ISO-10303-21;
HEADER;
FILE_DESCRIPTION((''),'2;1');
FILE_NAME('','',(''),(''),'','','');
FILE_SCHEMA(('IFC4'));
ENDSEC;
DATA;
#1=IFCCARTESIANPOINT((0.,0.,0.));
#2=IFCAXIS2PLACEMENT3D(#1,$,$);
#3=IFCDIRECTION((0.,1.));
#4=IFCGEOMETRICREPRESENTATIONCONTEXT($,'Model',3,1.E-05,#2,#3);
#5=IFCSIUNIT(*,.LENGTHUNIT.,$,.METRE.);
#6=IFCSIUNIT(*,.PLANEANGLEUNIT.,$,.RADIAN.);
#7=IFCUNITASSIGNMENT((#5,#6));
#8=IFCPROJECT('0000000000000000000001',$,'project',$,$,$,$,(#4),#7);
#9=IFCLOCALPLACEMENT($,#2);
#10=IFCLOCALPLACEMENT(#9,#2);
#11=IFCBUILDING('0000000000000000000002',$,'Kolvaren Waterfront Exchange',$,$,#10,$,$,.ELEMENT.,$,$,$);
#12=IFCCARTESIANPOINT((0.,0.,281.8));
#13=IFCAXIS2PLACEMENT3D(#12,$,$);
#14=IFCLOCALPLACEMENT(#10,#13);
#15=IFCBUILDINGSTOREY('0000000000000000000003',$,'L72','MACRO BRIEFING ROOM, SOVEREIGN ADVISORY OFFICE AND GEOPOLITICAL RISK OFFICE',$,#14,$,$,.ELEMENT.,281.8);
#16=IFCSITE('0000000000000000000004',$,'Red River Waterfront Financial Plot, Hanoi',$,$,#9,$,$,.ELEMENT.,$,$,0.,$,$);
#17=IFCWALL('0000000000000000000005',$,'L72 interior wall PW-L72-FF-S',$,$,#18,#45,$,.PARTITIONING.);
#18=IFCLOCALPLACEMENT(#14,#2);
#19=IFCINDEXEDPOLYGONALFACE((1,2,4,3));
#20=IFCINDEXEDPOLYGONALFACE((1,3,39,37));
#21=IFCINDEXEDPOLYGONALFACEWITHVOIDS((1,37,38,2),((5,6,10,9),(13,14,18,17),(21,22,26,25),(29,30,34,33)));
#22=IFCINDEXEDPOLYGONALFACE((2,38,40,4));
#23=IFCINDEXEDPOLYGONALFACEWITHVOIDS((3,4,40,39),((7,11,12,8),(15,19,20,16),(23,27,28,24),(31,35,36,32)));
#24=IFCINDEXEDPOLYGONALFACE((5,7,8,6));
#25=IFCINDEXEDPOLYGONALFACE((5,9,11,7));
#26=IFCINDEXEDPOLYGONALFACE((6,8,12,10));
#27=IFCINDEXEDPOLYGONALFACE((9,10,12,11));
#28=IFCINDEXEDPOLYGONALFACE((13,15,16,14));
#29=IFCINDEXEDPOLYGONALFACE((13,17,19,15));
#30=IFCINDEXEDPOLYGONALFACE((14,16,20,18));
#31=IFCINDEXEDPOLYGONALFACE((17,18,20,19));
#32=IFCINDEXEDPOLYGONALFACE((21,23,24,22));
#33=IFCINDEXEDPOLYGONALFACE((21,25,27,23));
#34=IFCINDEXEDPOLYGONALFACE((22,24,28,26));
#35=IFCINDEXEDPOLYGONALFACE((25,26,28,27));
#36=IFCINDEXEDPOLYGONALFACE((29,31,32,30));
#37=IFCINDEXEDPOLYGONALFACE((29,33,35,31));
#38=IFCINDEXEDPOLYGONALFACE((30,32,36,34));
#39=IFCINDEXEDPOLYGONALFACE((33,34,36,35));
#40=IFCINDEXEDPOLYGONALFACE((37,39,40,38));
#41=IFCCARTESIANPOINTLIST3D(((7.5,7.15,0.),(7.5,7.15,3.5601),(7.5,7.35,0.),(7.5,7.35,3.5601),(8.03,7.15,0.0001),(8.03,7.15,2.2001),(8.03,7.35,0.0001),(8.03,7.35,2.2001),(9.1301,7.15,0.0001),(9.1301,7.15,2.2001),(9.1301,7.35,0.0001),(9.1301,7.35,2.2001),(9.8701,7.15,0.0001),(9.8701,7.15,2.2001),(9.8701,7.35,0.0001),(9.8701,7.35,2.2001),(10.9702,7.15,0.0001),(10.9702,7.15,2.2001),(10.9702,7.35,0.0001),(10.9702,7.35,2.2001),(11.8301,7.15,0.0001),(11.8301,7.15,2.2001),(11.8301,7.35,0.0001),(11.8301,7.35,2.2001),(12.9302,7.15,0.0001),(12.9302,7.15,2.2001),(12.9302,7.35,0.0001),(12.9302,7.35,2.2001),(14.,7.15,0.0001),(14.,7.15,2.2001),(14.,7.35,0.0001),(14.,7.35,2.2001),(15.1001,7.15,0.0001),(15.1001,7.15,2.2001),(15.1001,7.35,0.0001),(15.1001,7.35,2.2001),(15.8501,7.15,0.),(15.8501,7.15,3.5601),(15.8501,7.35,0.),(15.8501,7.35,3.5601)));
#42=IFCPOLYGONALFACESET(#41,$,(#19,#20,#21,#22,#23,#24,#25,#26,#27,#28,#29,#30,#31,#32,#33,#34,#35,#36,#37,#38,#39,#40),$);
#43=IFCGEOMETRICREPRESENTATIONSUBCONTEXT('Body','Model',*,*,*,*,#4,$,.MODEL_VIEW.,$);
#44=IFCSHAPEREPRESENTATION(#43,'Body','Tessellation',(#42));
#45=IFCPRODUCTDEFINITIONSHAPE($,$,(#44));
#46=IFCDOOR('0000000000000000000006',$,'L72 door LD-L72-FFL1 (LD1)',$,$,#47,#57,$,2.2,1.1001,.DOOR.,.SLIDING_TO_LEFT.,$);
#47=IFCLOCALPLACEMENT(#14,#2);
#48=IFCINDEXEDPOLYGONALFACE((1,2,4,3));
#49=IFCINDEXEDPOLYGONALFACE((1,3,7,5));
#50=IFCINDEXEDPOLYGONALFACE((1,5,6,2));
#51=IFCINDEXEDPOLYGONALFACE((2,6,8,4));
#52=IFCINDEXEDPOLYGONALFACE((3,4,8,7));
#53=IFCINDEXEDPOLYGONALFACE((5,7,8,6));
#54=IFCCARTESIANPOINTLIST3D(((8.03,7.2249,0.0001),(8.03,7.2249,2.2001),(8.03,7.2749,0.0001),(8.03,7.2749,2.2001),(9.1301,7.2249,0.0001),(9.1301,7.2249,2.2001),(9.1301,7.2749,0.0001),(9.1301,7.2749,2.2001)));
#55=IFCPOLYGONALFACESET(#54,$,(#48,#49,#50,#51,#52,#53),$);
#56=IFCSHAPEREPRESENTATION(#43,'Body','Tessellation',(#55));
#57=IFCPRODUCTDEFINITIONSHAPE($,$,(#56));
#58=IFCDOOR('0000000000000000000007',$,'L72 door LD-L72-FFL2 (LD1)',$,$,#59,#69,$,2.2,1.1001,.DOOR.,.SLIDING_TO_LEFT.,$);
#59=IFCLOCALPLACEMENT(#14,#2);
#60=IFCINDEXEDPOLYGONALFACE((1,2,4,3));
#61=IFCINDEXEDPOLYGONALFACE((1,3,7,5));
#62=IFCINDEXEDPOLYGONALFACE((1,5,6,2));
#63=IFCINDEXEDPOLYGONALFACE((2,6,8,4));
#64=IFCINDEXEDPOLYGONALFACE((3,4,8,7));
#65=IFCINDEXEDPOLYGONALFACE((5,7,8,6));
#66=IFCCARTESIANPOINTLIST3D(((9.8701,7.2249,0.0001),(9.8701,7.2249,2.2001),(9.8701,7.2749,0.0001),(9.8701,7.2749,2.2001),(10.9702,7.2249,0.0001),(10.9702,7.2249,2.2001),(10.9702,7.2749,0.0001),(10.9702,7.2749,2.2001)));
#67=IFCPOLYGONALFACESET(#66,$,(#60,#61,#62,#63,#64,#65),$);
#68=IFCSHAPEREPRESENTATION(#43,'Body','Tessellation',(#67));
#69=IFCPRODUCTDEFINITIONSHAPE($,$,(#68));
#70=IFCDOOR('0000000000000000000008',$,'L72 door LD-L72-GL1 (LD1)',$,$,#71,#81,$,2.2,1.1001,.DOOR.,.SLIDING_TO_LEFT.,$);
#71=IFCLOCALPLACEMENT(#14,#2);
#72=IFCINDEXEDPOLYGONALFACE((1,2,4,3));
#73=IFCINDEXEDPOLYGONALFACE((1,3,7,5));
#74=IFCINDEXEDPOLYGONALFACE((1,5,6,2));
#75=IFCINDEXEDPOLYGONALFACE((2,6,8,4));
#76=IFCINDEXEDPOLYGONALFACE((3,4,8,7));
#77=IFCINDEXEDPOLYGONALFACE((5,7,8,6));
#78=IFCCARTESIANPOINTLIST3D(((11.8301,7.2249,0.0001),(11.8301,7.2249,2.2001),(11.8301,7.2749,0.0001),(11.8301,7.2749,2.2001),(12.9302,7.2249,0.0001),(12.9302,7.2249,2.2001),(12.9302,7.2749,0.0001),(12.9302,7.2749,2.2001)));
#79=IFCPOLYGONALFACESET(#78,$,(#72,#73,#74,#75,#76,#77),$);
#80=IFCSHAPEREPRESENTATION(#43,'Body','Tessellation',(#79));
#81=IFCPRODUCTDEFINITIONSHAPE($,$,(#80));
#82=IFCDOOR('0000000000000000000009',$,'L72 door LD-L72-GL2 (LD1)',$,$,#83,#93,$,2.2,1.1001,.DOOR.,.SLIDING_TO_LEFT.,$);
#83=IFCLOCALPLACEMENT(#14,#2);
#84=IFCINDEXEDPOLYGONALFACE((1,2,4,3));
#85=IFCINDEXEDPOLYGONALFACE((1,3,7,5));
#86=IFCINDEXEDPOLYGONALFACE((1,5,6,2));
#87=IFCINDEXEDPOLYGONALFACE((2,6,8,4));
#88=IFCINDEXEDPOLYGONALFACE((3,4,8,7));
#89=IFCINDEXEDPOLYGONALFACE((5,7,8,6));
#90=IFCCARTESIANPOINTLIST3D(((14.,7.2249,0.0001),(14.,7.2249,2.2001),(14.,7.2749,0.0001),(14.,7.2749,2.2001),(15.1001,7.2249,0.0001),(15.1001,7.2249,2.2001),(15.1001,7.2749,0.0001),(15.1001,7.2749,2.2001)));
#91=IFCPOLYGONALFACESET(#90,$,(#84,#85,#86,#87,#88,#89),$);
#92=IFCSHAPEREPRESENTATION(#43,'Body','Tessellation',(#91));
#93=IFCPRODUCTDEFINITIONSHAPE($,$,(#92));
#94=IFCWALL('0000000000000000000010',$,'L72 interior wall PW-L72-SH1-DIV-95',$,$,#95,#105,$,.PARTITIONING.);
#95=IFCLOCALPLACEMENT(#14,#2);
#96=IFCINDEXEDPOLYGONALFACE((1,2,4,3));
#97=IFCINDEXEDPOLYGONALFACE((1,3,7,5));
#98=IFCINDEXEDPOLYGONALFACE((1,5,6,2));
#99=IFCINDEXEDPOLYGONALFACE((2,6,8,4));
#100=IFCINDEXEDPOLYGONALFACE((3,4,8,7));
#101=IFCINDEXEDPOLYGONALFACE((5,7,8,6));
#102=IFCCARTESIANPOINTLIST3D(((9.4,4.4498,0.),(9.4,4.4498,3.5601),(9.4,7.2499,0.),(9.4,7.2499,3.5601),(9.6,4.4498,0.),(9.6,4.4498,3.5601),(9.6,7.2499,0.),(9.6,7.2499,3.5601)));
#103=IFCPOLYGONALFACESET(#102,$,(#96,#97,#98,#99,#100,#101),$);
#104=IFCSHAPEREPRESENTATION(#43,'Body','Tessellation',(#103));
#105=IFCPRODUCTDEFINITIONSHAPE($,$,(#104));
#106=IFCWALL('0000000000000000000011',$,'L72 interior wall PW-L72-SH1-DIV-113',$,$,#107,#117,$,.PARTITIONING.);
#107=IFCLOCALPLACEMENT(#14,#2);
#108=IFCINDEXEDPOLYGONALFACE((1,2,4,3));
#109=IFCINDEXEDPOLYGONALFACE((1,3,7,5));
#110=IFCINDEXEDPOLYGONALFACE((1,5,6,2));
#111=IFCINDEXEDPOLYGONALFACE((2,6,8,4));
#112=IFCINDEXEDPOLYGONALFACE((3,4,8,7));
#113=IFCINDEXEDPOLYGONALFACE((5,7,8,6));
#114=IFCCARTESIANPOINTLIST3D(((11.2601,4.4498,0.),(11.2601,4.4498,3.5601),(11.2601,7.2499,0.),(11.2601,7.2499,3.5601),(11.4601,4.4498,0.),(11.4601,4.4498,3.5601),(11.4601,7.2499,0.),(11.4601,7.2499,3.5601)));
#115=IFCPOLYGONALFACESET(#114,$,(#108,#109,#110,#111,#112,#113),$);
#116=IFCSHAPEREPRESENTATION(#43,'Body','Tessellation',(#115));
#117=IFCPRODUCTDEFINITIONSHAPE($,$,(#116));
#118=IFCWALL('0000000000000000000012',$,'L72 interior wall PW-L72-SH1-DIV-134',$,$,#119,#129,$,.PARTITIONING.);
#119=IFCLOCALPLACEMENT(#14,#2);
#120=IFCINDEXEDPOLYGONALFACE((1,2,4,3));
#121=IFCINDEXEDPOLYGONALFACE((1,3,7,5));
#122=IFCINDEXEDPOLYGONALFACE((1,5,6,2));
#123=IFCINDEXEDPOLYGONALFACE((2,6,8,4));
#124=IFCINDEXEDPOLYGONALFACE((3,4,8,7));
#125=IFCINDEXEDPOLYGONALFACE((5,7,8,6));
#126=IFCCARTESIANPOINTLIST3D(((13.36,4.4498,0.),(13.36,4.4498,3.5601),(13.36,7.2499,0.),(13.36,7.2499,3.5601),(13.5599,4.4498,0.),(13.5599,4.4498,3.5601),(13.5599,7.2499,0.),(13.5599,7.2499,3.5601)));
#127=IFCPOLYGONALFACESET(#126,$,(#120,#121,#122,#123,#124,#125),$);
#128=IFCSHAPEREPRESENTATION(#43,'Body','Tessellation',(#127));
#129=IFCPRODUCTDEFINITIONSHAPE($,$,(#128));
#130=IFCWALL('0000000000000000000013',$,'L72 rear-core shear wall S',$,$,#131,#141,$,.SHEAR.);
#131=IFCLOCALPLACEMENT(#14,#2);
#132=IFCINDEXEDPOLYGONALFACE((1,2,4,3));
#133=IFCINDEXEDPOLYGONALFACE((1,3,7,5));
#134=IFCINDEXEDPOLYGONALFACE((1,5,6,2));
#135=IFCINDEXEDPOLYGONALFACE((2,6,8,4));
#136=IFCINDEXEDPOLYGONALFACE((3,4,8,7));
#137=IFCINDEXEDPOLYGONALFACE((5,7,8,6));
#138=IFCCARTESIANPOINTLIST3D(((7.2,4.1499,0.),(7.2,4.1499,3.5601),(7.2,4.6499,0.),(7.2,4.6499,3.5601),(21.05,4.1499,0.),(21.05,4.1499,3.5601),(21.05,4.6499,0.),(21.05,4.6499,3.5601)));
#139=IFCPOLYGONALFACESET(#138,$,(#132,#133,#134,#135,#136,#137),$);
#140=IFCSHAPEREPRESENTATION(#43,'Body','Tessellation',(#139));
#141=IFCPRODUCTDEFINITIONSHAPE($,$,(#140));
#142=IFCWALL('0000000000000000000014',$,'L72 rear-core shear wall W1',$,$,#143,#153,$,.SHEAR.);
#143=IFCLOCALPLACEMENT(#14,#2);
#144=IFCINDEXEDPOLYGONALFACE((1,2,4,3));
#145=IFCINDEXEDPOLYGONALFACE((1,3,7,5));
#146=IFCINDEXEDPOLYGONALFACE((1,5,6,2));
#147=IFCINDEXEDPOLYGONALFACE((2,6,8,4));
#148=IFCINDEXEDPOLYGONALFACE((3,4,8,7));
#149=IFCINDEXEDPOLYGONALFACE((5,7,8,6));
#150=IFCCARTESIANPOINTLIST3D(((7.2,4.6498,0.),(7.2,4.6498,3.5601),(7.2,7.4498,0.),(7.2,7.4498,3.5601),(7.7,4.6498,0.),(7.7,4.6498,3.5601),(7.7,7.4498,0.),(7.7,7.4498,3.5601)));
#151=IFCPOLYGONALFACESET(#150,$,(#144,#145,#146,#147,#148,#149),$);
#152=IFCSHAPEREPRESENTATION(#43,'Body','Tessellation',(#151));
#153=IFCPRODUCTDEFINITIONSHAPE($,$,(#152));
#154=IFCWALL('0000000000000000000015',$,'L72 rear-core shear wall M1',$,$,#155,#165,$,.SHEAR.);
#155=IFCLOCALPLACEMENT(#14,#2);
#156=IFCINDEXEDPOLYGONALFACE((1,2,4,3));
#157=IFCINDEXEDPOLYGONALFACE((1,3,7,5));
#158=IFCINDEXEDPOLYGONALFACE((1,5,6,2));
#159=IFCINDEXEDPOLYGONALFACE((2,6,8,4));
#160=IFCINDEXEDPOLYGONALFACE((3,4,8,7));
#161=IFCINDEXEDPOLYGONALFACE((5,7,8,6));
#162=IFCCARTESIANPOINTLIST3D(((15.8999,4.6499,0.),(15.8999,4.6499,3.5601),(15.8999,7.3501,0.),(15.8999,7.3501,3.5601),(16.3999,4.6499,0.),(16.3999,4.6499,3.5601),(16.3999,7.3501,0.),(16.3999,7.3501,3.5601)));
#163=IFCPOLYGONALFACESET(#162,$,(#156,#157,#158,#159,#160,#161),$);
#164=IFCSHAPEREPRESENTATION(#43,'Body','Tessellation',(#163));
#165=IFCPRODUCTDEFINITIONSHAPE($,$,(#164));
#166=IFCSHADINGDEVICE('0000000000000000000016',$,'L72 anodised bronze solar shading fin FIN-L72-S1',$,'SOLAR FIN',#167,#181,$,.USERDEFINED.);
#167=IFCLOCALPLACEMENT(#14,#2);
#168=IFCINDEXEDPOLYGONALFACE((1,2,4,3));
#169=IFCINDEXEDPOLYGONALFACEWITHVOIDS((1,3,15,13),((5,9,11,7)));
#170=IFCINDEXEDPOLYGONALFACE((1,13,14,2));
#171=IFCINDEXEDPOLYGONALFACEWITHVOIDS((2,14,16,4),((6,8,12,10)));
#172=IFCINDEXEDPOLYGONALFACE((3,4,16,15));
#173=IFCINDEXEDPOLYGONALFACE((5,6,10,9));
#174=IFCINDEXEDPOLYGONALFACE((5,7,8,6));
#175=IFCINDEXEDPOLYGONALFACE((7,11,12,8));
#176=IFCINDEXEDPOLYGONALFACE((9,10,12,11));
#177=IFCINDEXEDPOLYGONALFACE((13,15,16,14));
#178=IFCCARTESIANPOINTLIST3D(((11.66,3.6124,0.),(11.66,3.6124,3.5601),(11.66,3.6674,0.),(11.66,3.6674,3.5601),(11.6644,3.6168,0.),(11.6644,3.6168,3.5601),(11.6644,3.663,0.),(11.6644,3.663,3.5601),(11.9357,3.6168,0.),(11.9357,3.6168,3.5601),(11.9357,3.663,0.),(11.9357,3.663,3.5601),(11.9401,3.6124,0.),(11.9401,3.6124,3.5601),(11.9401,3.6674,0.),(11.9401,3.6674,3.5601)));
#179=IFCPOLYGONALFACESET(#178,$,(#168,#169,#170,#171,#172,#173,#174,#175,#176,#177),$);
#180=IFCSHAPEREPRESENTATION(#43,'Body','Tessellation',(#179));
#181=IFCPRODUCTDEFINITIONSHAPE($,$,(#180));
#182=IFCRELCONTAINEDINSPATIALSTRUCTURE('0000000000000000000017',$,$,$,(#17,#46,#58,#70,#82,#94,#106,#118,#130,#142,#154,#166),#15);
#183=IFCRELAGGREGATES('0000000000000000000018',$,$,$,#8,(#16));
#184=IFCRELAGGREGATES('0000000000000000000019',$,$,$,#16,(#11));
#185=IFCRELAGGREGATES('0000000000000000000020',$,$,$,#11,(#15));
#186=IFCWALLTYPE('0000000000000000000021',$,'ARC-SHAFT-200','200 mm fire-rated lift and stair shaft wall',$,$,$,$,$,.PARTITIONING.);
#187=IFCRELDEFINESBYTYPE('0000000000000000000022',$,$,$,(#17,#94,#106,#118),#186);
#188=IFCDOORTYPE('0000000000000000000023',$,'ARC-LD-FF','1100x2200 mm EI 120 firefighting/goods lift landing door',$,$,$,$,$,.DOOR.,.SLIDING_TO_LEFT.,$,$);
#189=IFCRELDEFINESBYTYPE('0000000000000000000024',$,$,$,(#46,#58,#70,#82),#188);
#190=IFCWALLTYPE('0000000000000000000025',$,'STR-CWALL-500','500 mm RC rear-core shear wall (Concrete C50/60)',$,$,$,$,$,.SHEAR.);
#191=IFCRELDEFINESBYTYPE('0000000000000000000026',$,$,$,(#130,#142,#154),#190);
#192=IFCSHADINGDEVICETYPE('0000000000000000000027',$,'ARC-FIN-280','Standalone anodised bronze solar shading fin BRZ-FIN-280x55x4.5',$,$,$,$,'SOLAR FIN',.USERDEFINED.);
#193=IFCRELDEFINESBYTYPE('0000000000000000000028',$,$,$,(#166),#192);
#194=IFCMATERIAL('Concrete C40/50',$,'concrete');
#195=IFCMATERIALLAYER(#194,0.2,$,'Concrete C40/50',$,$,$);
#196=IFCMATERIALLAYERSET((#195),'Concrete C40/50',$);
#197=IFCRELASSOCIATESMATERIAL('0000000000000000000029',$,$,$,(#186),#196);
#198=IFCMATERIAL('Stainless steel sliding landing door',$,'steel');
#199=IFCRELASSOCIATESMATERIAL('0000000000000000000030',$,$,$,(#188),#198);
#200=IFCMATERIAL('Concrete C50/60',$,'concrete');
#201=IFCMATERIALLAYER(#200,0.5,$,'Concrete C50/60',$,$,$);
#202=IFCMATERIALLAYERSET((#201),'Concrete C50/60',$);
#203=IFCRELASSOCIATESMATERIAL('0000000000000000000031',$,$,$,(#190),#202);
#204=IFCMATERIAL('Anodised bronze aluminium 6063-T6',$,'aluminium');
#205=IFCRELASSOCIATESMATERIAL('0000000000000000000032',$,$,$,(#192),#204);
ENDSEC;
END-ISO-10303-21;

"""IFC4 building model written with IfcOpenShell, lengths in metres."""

from ifc_helpers import new_model, si_unit, direction, frame, frame_2d, origin, origin_2d, place, context, subcontext, project, spatial, rectangle, hollow_rectangle, extrude, material, layer, layer_set, material_profile, profile_set, type_object, element, fill, save


model = new_model("IFC4")

# Units and contexts
model_context = context("Model", 3, precision=1e-05, world=origin(), true_north=direction((0.0, 1.0)))
body_context = subcontext(model_context, "Body", "Model", "MODEL_VIEW")
ifc_project = project(units=[si_unit("LENGTHUNIT", "METRE"), si_unit("PLANEANGLEUNIT", "RADIAN")], contexts=[model_context])

# Site, building, storey
site_placement = place(None, origin())
site = spatial("IfcSite", under=ifc_project, at=site_placement, Name="Red River Waterfront Financial Plot, Hanoi", CompositionType="ELEMENT", RefElevation=0.0)
building_placement = place(site_placement, origin())
building = spatial("IfcBuilding", under=site, at=building_placement, Name="Kolvaren Waterfront Exchange", CompositionType="ELEMENT")
storey_placement = place(building_placement, frame((0.0, 0.0, 281.8)))
storey = spatial("IfcBuildingStorey", under=building, at=storey_placement, Name="L72", Description="MACRO BRIEFING ROOM, SOVEREIGN ADVISORY OFFICE AND GEOPOLITICAL RISK OFFICE", CompositionType="ELEMENT", Elevation=281.8)

# Shared definitions
ifc_material_1 = material(Name="Concrete C50/60", Category="concrete")

# Shared definitions
ifc_material_2 = material(Name="Anodised bronze aluminium 6063-T6", Category="aluminium")

# Wall, openings, doors
ifc_material_3 = material(Name="Concrete C40/50", Category="concrete")
ifc_layer_1 = layer(ifc_material_3, 0.2, Name="Concrete C40/50")
ifc_layer_set_1 = layer_set([ifc_layer_1], Name="Concrete C40/50")
wall_type_1 = type_object("IfcWallType", Name="ARC-SHAFT-200", Description="200 mm fire-rated lift and stair shaft wall", PredefinedType="PARTITIONING", material=ifc_layer_set_1)
wall_1_placement = place(storey_placement, frame((7.5, 7.25, 0.0), z_axis=(0.0, 0.0, 1.0), x_axis=(1.0, 0.0, 0.0)))
wall_1 = element("IfcWall", 1, at=wall_1_placement, inside=storey, type_object=wall_type_1, Name="L72 interior wall PW-L72-FF-S", PredefinedType="PARTITIONING", context=body_context, shape_type="SweptSolid", body=[
    extrude(rectangle(XDim=8.3501, YDim=0.2, at=frame_2d((4.175, 0.0))), origin(), (0.0, 0.0, 1.0), 3.5601),
])
opening_1_placement = place(wall_1_placement, frame((0.53, 0.0, 0.0)))
opening_1 = element("IfcOpeningElement", 2, at=opening_1_placement, cuts=wall_1, PredefinedType="OPENING", context=body_context, shape_type="SweptSolid", body=[
    extrude(rectangle(XDim=1.1001, YDim=2.2, at=frame_2d((0.55, 1.1001))), frame((0.0, 0.1099, 0.0), z_axis=(0.0, -1.0, 0.0), x_axis=(1.0, 0.0, 0.0)), (0.0, 0.0, 1.0), 0.22),
])
opening_2_placement = place(wall_1_placement, frame((2.3701, 0.0, 0.0)))
opening_2 = element("IfcOpeningElement", 3, at=opening_2_placement, cuts=wall_1, PredefinedType="OPENING", context=body_context, shape_type="SweptSolid", body=[
    extrude(rectangle(XDim=1.1001, YDim=2.2, at=frame_2d((0.55, 1.1001))), frame((0.0, 0.1099, 0.0), z_axis=(0.0, -1.0, 0.0), x_axis=(1.0, 0.0, 0.0)), (0.0, 0.0, 1.0), 0.22),
])
opening_3_placement = place(wall_1_placement, frame((4.3301, 0.0, 0.0)))
opening_3 = element("IfcOpeningElement", 4, at=opening_3_placement, cuts=wall_1, PredefinedType="OPENING", context=body_context, shape_type="SweptSolid", body=[
    extrude(rectangle(XDim=1.1001, YDim=2.2, at=frame_2d((0.55, 1.1001))), frame((0.0, 0.1099, 0.0), z_axis=(0.0, -1.0, 0.0), x_axis=(1.0, 0.0, 0.0)), (0.0, 0.0, 1.0), 0.22),
])
opening_4_placement = place(wall_1_placement, frame((6.5, 0.0, 0.0)))
opening_4 = element("IfcOpeningElement", 5, at=opening_4_placement, cuts=wall_1, PredefinedType="OPENING", context=body_context, shape_type="SweptSolid", body=[
    extrude(rectangle(XDim=1.1001, YDim=2.2, at=frame_2d((0.55, 1.1001))), frame((0.0, 0.1099, 0.0), z_axis=(0.0, -1.0, 0.0), x_axis=(1.0, 0.0, 0.0)), (0.0, 0.0, 1.0), 0.22),
])
ifc_material_4 = material(Name="Stainless steel sliding landing door", Category="steel")
door_type = type_object("IfcDoorType", Name="ARC-LD-FF", Description="1100x2200 mm EI 120 firefighting/goods lift landing door", OperationType="SLIDING_TO_LEFT", PredefinedType="DOOR", material=ifc_material_4)
door_1_placement = place(opening_1_placement, origin())
door_1 = element("IfcDoor", 6, at=door_1_placement, inside=storey, type_object=door_type, Name="L72 door LD-L72-FFL1 (LD1)", OperationType="SLIDING_TO_LEFT", OverallHeight=2.2, OverallWidth=1.1001, PredefinedType="DOOR", context=body_context, shape_type="SweptSolid", body=[
    extrude(rectangle(XDim=1.1001, YDim=2.2, at=frame_2d((0.55, 1.1001))), frame((0.0, 0.0249, 0.0), z_axis=(0.0, -1.0, 0.0), x_axis=(1.0, 0.0, 0.0)), (0.0, 0.0, 1.0), 0.05),
])
fill(opening_1, door_1)
door_2_placement = place(opening_2_placement, origin())
door_2 = element("IfcDoor", 7, at=door_2_placement, inside=storey, type_object=door_type, Name="L72 door LD-L72-FFL2 (LD1)", OperationType="SLIDING_TO_LEFT", OverallHeight=2.2, OverallWidth=1.1001, PredefinedType="DOOR", context=body_context, shape_type="SweptSolid", body=[
    extrude(rectangle(XDim=1.1001, YDim=2.2, at=frame_2d((0.55, 1.1001))), frame((0.0, 0.0249, 0.0), z_axis=(0.0, -1.0, 0.0), x_axis=(1.0, 0.0, 0.0)), (0.0, 0.0, 1.0), 0.05),
])
fill(opening_2, door_2)
door_3_placement = place(opening_3_placement, origin())
door_3 = element("IfcDoor", 8, at=door_3_placement, inside=storey, type_object=door_type, Name="L72 door LD-L72-GL1 (LD1)", OperationType="SLIDING_TO_LEFT", OverallHeight=2.2, OverallWidth=1.1001, PredefinedType="DOOR", context=body_context, shape_type="SweptSolid", body=[
    extrude(rectangle(XDim=1.1001, YDim=2.2, at=frame_2d((0.55, 1.1001))), frame((0.0, 0.0249, 0.0), z_axis=(0.0, -1.0, 0.0), x_axis=(1.0, 0.0, 0.0)), (0.0, 0.0, 1.0), 0.05),
])
fill(opening_3, door_3)
door_4_placement = place(opening_4_placement, origin())
door_4 = element("IfcDoor", 9, at=door_4_placement, inside=storey, type_object=door_type, Name="L72 door LD-L72-GL2 (LD1)", OperationType="SLIDING_TO_LEFT", OverallHeight=2.2, OverallWidth=1.1001, PredefinedType="DOOR", context=body_context, shape_type="SweptSolid", body=[
    extrude(rectangle(XDim=1.1001, YDim=2.2, at=frame_2d((0.55, 1.1001))), frame((0.0, 0.0249, 0.0), z_axis=(0.0, -1.0, 0.0), x_axis=(1.0, 0.0, 0.0)), (0.0, 0.0, 1.0), 0.05),
])
fill(opening_4, door_4)

# Walls
for number, where, z_axis, x_axis, name in (
    (10, (9.5, 4.45, 0.0), (0.0, 0.0, 1.0), (0.0, 1.0, 0.0), "L72 interior wall PW-L72-SH1-DIV-95"),
    (11, (11.3601, 4.45, 0.0), (0.0, 0.0, 1.0), (0.0, 1.0, 0.0), "L72 interior wall PW-L72-SH1-DIV-113"),
    (12, (13.46, 4.45, 0.0), (0.0, 0.0, 1.0), (0.0, 1.0, 0.0), "L72 interior wall PW-L72-SH1-DIV-134"),
):
    element("IfcWall", number, at=place(storey_placement, frame(where, z_axis=z_axis, x_axis=x_axis)), inside=storey, type_object=wall_type_1, Name=name, PredefinedType="PARTITIONING", context=body_context, shape_type="SweptSolid", body=[
        extrude(rectangle(XDim=2.8, YDim=0.2, at=frame_2d((1.3999, 0.0))), origin(), (0.0, 0.0, 1.0), 3.5601),
    ])
ifc_layer_2 = layer(ifc_material_1, 0.5, Name="Concrete C50/60")
ifc_layer_set_2 = layer_set([ifc_layer_2], Name="Concrete C50/60")
wall_type_2 = type_object("IfcWallType", Name="STR-CWALL-500", Description="500 mm RC rear-core shear wall (Concrete C50/60)", PredefinedType="SHEAR", material=ifc_layer_set_2)
wall_2_placement = place(storey_placement, frame((7.2, 4.3999, 0.0), z_axis=(0.0, 0.0, 1.0), x_axis=(1.0, 0.0, 0.0)))
element("IfcWall", 13, at=wall_2_placement, inside=storey, type_object=wall_type_2, Name="L72 rear-core shear wall S", PredefinedType="SHEAR", context=body_context, shape_type="SweptSolid", body=[
    extrude(rectangle(XDim=13.8501, YDim=0.5, at=frame_2d((6.925, 0.0))), origin(), (0.0, 0.0, 1.0), 3.5601),
])
wall_3_placement = place(storey_placement, frame((7.45, 4.6499, 0.0), z_axis=(0.0, 0.0, 1.0), x_axis=(0.0, 1.0, 0.0)))
element("IfcWall", 14, at=wall_3_placement, inside=storey, type_object=wall_type_2, Name="L72 rear-core shear wall W1", PredefinedType="SHEAR", context=body_context, shape_type="SweptSolid", body=[
    extrude(rectangle(XDim=2.8, YDim=0.5, at=frame_2d((1.3999, 0.0))), origin(), (0.0, 0.0, 1.0), 3.5601),
])
wall_4_placement = place(storey_placement, frame((16.1499, 4.6499, 0.0), z_axis=(0.0, 0.0, 1.0), x_axis=(0.0, 1.0, 0.0)))
element("IfcWall", 15, at=wall_4_placement, inside=storey, type_object=wall_type_2, Name="L72 rear-core shear wall M1", PredefinedType="SHEAR", context=body_context, shape_type="SweptSolid", body=[
    extrude(rectangle(XDim=2.7002, YDim=0.5, at=frame_2d((1.3501, 0.0))), origin(), (0.0, 0.0, 1.0), 3.5601),
])

# Shading device
ifc_material_profile_1 = material_profile(ifc_material_2, hollow_rectangle(XDim=0.0549, YDim=0.28, WallThickness=0.0044, at=origin_2d()), Name="BRZ-FIN-280x55x4.5")
ifc_profile_set_1 = profile_set([ifc_material_profile_1], Name="Anodised bronze aluminium 6063-T6")
shading_device_type = type_object("IfcShadingDeviceType", Name="ARC-FIN-280", Description="Standalone anodised bronze solar shading fin BRZ-FIN-280x55x4.5", ElementType="SOLAR FIN", PredefinedType="USERDEFINED", material=ifc_profile_set_1)
shading_device_placement = place(storey_placement, frame((11.8, 3.6399, 0.0), z_axis=(0.0, 0.0, 1.0), x_axis=(0.0, -1.0, 0.0)))
element("IfcShadingDevice", 16, at=shading_device_placement, inside=storey, type_object=shading_device_type, Name="L72 anodised bronze solar shading fin FIN-L72-S1", ObjectType="SOLAR FIN", PredefinedType="USERDEFINED", context=body_context, shape_type="SweptSolid", body=[
    extrude(hollow_rectangle(XDim=0.0549, YDim=0.28, WallThickness=0.0044, at=origin_2d()), origin(), (0.0, 0.0, 1.0), 3.5601),
])

save(model, "model.ifc")
